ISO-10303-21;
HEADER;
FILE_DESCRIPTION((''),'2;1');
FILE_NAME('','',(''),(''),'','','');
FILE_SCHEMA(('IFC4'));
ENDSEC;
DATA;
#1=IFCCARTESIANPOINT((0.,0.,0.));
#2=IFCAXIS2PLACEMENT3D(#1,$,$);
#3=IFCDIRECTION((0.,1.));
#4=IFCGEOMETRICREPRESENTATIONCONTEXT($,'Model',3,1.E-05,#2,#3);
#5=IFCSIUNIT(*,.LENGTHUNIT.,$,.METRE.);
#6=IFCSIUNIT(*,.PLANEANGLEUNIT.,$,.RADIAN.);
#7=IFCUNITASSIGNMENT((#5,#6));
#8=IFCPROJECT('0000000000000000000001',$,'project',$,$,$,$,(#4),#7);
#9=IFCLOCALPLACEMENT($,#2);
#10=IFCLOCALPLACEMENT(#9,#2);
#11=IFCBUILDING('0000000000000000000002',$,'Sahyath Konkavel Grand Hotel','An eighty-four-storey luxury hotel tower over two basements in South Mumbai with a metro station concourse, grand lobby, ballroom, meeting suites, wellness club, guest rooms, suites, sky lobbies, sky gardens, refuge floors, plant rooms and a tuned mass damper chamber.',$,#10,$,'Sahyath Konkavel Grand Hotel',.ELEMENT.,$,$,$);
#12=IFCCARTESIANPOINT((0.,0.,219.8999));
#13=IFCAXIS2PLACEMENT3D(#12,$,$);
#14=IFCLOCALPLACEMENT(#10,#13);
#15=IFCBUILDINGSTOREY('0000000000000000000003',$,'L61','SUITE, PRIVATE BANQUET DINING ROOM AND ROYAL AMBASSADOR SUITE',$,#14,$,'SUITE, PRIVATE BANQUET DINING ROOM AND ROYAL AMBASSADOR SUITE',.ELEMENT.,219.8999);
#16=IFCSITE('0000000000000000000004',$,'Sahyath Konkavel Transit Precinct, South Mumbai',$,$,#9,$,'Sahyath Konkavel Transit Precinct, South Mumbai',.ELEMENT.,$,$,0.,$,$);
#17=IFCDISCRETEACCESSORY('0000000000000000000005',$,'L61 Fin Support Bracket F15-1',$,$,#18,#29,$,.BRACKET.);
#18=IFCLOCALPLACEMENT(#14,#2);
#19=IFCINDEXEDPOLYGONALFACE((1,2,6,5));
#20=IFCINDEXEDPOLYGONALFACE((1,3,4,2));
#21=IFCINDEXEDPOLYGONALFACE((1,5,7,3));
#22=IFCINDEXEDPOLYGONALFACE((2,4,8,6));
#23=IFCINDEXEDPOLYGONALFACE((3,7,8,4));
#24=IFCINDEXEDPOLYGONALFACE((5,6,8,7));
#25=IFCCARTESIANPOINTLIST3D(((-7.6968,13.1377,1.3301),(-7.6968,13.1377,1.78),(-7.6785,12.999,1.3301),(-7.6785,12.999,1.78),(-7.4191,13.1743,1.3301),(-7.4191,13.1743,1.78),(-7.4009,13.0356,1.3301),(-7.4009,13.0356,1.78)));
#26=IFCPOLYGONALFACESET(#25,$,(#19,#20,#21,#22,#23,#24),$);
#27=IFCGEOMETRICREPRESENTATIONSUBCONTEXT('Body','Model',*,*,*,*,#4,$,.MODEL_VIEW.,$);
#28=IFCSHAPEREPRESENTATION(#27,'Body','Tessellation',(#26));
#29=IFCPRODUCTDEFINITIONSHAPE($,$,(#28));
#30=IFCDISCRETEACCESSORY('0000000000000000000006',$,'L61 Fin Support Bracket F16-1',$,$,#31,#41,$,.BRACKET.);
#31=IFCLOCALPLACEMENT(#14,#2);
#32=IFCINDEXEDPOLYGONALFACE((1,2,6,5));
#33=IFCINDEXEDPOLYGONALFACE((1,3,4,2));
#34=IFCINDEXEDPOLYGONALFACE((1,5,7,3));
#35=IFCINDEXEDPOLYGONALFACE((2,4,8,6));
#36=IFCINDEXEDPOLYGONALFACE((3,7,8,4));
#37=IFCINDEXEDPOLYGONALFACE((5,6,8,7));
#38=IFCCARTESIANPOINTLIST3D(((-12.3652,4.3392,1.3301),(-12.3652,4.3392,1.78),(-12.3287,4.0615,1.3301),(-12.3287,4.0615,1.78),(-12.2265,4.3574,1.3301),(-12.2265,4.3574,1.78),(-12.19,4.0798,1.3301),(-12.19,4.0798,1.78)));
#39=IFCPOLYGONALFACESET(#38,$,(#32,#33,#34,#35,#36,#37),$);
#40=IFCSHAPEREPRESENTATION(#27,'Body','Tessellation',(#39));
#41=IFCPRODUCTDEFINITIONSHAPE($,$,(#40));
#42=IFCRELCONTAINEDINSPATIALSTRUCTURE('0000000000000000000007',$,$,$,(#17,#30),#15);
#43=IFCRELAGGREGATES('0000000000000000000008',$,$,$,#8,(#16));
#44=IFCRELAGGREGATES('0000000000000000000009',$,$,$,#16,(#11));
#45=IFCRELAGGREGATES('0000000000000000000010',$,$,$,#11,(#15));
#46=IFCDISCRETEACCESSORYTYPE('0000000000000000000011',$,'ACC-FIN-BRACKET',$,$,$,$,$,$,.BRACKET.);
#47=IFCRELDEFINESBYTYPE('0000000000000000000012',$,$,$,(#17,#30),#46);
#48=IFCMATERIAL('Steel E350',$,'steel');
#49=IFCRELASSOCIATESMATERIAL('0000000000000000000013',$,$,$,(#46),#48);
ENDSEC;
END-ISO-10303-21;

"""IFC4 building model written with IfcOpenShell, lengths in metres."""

from ifc_helpers import new_model, si_unit, direction, frame, origin, origin_2d, place, context, subcontext, project, spatial, rectangle, extrude, source, transform, mapped, material, type_object, element, save


model = new_model("IFC4")

# Units and contexts
model_context = context("Model", 3, precision=1e-05, world=origin(), true_north=direction((0.0, 1.0)))
body_context = subcontext(model_context, "Body", "Model", "MODEL_VIEW")
ifc_project = project(units=[si_unit("LENGTHUNIT", "METRE"), si_unit("PLANEANGLEUNIT", "RADIAN")], contexts=[model_context])

# Site, building, storey
site_placement = place(None, origin())
site = spatial("IfcSite", under=ifc_project, at=site_placement, Name="Sahyath Konkavel Transit Precinct, South Mumbai", LongName="Sahyath Konkavel Transit Precinct, South Mumbai", CompositionType="ELEMENT", RefElevation=0.0)
building_placement = place(site_placement, origin())
building = spatial("IfcBuilding", under=site, at=building_placement, Name="Sahyath Konkavel Grand Hotel", Description="An eighty-four-storey luxury hotel tower over two basements in South Mumbai with a metro station concourse, grand lobby, ballroom, meeting suites, wellness club, guest rooms, suites, sky lobbies, sky gardens, refuge floors, plant rooms and a tuned mass damper chamber.", LongName="Sahyath Konkavel Grand Hotel", CompositionType="ELEMENT")
storey_placement = place(building_placement, frame((0.0, 0.0, 219.8999)))
storey = spatial("IfcBuildingStorey", under=building, at=storey_placement, Name="L61", Description="SUITE, PRIVATE BANQUET DINING ROOM AND ROYAL AMBASSADOR SUITE", LongName="SUITE, PRIVATE BANQUET DINING ROOM AND ROYAL AMBASSADOR SUITE", CompositionType="ELEMENT", Elevation=219.8999)

# Shared definitions
ifc_material_1 = material(Name="Steel E350", Category="steel")

# Discrete accessories
discrete_accessory_type = type_object("IfcDiscreteAccessoryType", Name="ACC-FIN-BRACKET", PredefinedType="BRACKET", material=ifc_material_1)
shared_shape_1 = source(origin(), body_context, "Body", "SweptSolid", [
    extrude(rectangle(XDim=0.28, YDim=0.1399, at=origin_2d()), origin(), (0.0, 0.0, 1.0), 0.45),
])
for number, where, z_axis, x_axis, name in (
    (1, (-7.5488, 13.0867, 1.3301), (0.0, 0.0, 1.0), (-0.991445, -0.130526, 0.0), "L61 Fin Support Bracket F15-1"),
    (2, (-12.2776, 4.2095, 1.3301), (0.0, 0.0, 1.0), (-0.130526, 0.991445, 0.0), "L61 Fin Support Bracket F16-1"),
):
    element("IfcDiscreteAccessory", number, at=place(storey_placement, frame(where, z_axis=z_axis, x_axis=x_axis)), inside=storey, type_object=discrete_accessory_type, Name=name, PredefinedType="BRACKET", context=body_context, shape_type="MappedRepresentation", body=[
        mapped(shared_shape_1, transform((0.0, 0.0, 0.0), scale=1.0)),
    ])

save(model, "model.ifc")
